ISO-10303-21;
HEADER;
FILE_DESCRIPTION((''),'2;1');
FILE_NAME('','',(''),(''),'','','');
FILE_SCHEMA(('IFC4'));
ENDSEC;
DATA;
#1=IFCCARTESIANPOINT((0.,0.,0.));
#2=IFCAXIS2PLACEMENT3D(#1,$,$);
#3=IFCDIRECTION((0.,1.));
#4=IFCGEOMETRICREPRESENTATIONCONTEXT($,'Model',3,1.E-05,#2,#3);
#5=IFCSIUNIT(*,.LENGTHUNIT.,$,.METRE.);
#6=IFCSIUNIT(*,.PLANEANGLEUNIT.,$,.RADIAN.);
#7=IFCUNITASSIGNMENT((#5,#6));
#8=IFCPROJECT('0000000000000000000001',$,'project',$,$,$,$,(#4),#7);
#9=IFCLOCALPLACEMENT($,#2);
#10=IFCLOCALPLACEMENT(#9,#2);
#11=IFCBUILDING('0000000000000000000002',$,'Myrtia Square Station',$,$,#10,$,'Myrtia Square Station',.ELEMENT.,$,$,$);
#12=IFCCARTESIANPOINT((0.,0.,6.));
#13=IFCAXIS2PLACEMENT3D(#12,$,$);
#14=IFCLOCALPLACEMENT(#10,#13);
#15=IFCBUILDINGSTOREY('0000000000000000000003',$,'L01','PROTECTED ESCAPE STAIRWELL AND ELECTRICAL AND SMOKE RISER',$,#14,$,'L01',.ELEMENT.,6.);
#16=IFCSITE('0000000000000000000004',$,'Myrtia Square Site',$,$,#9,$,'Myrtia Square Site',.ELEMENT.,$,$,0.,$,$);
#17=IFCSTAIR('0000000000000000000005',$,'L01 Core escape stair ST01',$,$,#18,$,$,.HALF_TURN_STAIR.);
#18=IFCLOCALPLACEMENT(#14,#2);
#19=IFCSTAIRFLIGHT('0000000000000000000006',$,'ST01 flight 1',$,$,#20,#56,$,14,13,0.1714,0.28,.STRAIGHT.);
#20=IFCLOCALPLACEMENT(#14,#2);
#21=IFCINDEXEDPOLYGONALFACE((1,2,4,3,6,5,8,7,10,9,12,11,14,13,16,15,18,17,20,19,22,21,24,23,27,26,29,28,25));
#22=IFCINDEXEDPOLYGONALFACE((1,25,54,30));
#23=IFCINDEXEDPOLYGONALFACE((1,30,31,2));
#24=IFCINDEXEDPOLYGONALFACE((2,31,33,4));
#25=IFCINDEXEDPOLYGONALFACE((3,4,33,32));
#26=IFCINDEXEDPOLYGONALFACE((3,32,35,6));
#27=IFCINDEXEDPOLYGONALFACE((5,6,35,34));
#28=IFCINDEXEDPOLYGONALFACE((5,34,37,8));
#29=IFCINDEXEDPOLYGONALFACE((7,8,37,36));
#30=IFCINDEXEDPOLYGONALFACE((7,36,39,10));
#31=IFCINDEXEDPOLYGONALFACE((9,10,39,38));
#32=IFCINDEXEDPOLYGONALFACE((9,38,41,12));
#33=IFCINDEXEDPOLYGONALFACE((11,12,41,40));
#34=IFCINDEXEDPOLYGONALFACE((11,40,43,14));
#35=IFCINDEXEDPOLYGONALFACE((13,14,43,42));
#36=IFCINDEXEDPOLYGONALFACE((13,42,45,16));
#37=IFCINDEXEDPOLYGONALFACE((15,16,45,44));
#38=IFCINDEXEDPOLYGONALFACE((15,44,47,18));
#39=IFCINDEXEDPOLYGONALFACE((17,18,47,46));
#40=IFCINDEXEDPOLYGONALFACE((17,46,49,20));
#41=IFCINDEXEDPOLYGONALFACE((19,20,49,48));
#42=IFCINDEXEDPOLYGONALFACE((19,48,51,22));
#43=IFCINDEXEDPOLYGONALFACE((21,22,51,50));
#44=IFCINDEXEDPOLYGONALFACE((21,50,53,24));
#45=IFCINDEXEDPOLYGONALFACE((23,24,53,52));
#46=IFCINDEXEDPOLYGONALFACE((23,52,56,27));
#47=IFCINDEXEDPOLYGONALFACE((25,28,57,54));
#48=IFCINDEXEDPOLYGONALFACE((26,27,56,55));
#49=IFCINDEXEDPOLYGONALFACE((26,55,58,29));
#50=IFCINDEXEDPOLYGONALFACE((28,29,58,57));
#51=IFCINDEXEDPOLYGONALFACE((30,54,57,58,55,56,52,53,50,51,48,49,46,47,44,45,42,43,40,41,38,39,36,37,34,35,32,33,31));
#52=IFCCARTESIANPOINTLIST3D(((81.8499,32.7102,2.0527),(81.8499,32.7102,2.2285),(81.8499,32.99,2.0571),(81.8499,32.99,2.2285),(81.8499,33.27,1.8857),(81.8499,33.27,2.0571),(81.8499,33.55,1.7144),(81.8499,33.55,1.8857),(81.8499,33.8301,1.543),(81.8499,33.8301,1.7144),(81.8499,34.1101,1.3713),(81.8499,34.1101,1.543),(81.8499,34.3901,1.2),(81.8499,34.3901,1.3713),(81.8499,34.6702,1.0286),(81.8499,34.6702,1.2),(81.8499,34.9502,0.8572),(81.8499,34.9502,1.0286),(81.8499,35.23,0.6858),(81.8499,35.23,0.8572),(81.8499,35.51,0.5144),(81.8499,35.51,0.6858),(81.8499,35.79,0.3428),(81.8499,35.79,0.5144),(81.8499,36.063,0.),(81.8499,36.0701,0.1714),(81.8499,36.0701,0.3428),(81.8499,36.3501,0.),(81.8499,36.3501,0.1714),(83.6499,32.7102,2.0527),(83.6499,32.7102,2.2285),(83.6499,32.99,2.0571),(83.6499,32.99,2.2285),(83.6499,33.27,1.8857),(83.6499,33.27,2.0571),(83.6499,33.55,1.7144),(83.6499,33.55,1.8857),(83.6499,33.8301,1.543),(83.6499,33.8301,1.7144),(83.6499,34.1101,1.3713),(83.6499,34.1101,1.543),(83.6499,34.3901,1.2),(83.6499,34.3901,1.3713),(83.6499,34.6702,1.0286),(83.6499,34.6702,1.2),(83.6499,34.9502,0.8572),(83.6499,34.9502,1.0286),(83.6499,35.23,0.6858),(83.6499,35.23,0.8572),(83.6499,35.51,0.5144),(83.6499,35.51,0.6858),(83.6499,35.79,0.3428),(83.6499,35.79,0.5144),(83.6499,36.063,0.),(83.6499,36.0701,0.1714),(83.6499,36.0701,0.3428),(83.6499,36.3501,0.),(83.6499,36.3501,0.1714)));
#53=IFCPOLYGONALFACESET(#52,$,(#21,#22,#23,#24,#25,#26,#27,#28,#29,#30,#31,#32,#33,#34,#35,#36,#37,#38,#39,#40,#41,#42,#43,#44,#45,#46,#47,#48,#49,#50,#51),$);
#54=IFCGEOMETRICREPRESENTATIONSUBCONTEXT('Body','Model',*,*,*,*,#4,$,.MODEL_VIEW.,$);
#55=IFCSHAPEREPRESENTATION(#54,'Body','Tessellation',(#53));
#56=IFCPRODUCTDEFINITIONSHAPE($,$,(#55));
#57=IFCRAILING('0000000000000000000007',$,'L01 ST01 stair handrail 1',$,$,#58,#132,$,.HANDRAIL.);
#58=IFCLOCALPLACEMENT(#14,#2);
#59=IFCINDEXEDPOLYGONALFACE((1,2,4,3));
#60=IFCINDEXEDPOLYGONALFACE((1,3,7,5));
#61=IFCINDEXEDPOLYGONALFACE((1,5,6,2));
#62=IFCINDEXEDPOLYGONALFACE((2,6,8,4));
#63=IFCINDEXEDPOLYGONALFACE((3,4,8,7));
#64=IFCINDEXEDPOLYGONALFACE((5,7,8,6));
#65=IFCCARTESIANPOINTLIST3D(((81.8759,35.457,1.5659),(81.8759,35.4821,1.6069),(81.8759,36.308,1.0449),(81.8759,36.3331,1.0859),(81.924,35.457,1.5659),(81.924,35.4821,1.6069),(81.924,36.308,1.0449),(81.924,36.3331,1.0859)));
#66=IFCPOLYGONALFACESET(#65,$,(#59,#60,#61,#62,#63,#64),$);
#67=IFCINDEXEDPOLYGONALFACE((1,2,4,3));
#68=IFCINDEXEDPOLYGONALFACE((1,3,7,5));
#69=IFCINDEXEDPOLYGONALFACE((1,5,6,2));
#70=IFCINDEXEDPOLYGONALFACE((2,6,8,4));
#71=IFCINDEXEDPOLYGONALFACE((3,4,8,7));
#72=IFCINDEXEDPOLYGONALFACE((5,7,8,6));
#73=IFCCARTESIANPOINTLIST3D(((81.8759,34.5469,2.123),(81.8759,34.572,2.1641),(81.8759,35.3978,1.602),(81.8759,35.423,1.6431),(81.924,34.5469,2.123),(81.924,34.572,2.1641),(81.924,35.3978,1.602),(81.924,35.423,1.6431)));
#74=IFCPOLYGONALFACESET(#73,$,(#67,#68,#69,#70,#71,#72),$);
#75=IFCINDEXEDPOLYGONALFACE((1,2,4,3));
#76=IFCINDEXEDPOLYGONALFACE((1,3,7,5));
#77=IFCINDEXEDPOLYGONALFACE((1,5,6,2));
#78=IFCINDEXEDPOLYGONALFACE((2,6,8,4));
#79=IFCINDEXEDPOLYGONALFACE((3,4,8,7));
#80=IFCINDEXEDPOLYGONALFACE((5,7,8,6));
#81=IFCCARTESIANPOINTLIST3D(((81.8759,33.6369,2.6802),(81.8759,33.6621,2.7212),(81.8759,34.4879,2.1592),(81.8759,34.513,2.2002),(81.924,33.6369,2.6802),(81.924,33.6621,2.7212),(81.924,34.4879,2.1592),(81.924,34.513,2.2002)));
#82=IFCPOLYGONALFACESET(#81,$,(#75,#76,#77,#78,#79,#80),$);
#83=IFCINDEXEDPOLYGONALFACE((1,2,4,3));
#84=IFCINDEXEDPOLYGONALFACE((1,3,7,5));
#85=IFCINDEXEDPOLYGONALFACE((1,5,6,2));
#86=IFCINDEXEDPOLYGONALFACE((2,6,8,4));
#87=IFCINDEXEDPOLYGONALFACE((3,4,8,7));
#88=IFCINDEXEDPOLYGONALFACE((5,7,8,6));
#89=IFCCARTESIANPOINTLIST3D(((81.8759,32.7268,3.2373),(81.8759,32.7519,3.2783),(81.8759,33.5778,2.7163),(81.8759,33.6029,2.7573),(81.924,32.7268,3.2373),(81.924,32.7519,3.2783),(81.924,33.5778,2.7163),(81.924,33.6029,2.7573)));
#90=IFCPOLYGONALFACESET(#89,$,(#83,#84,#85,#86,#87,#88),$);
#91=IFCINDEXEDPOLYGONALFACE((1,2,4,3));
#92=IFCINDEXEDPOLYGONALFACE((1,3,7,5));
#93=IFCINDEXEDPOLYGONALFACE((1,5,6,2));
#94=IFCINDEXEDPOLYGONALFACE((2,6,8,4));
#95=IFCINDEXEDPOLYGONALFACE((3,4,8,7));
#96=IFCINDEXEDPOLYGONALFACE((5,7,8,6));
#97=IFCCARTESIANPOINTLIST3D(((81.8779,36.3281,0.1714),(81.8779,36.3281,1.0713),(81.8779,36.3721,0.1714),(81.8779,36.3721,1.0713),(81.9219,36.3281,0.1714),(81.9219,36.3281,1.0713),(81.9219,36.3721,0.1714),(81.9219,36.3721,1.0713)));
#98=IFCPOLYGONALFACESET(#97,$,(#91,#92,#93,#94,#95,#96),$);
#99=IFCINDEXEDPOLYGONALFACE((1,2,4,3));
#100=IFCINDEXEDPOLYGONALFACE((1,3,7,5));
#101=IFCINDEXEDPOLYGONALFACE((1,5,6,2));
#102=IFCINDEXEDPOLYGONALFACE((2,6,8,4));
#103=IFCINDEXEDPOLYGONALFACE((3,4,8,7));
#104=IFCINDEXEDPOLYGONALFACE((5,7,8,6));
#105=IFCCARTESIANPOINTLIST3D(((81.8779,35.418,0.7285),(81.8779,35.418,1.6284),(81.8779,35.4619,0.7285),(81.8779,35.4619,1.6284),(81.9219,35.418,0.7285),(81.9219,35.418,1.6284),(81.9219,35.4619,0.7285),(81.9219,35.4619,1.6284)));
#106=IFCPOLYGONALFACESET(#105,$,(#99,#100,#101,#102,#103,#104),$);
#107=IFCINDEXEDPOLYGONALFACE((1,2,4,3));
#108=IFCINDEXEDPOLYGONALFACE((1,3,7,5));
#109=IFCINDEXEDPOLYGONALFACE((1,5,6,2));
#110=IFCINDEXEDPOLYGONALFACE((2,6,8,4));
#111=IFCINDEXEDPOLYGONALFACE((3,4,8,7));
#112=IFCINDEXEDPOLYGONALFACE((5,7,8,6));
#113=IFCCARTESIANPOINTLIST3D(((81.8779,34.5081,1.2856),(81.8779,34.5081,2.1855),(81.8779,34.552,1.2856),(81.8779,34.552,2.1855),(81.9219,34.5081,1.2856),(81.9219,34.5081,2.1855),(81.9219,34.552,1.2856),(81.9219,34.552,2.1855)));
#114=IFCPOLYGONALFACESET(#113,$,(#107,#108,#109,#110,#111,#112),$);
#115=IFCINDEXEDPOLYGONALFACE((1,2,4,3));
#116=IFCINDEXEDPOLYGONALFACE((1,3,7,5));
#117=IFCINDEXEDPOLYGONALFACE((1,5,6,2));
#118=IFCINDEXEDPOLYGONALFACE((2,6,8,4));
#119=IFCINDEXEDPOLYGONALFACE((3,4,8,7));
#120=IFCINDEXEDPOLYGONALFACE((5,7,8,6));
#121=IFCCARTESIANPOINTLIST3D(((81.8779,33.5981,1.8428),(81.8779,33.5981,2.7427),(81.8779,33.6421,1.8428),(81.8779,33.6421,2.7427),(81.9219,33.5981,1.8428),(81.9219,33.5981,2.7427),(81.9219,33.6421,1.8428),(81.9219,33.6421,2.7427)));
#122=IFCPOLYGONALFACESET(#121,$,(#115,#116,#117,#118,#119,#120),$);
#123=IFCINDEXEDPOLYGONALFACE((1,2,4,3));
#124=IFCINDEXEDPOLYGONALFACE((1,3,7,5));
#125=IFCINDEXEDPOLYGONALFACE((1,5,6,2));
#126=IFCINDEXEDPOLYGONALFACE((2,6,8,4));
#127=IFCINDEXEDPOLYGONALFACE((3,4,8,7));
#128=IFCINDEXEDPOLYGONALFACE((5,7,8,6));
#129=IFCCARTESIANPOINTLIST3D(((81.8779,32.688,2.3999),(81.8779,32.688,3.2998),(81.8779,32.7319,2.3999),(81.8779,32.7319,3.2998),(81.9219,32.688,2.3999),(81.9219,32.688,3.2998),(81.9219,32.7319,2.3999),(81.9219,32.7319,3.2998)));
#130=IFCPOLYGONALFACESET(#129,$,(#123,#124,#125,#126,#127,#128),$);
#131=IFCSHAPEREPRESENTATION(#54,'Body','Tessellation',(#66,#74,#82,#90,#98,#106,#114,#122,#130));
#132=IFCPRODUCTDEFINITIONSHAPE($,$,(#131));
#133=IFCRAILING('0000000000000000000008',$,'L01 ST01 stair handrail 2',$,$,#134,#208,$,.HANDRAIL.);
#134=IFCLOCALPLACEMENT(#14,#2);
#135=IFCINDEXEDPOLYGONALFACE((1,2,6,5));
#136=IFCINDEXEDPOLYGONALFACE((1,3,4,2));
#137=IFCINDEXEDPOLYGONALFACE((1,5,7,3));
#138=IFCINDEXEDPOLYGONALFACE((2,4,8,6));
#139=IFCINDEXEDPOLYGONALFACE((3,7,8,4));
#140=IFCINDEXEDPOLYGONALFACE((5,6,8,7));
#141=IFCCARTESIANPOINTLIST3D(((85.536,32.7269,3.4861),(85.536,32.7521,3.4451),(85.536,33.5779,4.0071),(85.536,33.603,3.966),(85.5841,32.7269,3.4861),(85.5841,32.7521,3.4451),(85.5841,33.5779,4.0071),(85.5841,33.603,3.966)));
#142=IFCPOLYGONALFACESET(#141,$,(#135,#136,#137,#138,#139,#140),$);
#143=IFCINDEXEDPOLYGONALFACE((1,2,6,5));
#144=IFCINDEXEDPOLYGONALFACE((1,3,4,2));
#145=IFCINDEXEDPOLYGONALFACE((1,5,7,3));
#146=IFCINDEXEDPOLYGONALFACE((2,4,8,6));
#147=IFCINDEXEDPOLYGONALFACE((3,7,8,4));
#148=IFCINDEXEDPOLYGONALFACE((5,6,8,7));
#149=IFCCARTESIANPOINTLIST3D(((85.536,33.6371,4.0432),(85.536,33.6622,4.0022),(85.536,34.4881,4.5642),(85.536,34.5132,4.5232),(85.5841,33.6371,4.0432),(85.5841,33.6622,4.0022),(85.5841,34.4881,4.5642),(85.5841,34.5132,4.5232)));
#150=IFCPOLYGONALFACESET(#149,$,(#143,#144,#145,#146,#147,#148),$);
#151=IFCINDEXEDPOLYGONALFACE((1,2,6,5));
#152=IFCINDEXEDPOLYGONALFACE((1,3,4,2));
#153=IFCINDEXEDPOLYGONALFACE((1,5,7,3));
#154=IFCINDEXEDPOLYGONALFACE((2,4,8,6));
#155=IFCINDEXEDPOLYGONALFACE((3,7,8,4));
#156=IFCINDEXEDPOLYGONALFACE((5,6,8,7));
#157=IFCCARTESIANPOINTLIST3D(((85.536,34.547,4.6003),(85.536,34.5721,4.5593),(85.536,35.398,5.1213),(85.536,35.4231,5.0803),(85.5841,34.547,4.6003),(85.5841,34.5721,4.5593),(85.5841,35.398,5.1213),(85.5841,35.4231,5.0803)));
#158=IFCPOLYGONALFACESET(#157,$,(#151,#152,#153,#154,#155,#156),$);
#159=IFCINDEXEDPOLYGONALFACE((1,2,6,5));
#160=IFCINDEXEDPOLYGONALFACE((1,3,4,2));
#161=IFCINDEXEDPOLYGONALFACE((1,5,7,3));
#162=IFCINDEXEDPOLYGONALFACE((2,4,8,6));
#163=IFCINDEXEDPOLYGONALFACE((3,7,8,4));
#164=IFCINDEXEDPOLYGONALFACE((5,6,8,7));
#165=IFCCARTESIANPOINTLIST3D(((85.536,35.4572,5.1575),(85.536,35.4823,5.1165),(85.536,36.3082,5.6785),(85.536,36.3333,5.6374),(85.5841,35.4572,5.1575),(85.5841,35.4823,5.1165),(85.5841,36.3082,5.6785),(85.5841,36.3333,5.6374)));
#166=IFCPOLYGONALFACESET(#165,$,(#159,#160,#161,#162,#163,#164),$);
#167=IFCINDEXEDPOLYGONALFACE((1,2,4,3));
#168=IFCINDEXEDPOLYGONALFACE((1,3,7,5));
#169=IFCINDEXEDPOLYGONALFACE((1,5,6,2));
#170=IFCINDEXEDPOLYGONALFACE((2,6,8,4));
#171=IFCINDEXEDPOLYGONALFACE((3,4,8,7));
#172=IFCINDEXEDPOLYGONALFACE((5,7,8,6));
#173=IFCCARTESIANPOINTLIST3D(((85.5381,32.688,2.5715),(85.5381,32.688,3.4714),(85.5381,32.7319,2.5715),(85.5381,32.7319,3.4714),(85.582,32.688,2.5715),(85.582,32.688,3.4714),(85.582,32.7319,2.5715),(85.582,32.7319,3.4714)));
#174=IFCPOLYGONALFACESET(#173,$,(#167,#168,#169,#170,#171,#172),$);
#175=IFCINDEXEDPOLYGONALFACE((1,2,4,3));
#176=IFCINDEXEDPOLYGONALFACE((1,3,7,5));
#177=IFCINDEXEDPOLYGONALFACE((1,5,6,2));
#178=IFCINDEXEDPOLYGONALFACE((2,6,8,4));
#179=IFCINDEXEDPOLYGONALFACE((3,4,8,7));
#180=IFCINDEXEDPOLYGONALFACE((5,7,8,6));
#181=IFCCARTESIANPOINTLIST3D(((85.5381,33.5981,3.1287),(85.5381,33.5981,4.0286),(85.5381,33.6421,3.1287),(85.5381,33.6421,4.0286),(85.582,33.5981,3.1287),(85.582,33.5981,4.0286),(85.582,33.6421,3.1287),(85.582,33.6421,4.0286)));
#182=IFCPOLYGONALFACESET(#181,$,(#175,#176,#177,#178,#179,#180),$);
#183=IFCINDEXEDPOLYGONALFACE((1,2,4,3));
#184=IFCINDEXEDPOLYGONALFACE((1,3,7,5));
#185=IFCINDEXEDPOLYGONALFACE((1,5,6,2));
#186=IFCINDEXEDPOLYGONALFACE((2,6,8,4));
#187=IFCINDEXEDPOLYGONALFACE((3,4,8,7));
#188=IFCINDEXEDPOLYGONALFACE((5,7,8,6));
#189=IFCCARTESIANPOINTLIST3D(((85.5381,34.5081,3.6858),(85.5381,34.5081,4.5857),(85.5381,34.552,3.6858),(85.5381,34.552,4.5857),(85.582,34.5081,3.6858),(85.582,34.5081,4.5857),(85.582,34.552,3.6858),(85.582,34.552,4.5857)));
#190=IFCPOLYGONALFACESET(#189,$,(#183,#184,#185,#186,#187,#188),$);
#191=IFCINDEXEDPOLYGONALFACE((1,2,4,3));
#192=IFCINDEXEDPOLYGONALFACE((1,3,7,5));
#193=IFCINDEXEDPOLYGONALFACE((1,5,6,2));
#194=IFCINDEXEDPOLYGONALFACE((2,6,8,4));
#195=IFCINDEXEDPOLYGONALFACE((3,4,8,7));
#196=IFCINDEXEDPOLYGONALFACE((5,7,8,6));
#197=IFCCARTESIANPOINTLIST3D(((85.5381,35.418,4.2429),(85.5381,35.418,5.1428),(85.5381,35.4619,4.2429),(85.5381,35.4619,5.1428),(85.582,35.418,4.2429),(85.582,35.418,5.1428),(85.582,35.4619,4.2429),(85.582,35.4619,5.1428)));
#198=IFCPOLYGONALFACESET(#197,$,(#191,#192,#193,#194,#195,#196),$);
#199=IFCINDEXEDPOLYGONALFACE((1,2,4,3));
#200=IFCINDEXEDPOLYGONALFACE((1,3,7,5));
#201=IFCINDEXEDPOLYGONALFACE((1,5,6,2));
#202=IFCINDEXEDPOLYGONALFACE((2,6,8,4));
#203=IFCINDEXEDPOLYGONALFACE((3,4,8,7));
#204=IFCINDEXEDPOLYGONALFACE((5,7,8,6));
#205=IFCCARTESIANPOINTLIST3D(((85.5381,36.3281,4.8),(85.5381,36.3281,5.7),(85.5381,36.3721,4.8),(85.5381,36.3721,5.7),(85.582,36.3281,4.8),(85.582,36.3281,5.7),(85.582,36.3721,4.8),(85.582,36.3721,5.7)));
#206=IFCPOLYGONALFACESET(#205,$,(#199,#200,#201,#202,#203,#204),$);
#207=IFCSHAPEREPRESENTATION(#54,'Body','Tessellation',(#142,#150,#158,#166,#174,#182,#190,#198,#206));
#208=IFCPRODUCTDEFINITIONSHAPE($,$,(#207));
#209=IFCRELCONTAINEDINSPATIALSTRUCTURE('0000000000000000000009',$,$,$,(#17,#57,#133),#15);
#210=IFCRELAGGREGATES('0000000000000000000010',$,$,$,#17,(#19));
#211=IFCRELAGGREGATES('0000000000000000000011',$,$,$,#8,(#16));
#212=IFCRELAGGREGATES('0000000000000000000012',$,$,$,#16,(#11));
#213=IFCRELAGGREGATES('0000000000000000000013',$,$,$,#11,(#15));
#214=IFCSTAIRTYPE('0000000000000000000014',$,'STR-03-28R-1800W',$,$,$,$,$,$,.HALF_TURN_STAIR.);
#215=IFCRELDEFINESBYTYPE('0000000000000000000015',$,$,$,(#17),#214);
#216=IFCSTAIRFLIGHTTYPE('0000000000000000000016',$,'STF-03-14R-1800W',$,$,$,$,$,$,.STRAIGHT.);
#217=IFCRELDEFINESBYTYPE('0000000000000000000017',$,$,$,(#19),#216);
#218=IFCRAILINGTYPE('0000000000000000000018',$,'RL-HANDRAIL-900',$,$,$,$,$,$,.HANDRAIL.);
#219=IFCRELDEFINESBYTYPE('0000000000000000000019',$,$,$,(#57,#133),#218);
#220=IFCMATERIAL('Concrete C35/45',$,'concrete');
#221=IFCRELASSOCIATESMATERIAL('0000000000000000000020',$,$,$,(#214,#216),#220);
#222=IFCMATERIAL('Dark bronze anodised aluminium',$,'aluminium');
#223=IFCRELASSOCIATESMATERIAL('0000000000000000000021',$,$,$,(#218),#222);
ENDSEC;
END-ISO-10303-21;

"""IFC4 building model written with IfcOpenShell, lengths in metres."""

from ifc_helpers import new_model, si_unit, direction, frame, origin, origin_2d, place, context, subcontext, project, spatial, polyline, rectangle, outline, extrude, material, type_object, element, aggregate, save


model = new_model("IFC4")

# Units and contexts
model_context = context("Model", 3, precision=1e-05, world=origin(), true_north=direction((0.0, 1.0)))
body_context = subcontext(model_context, "Body", "Model", "MODEL_VIEW")
ifc_project = project(units=[si_unit("LENGTHUNIT", "METRE"), si_unit("PLANEANGLEUNIT", "RADIAN")], contexts=[model_context])

# Site, building, storey
site_placement = place(None, origin())
site = spatial("IfcSite", under=ifc_project, at=site_placement, Name="Myrtia Square Site", LongName="Myrtia Square Site", CompositionType="ELEMENT", RefElevation=0.0)
building_placement = place(site_placement, origin())
building = spatial("IfcBuilding", under=site, at=building_placement, Name="Myrtia Square Station", LongName="Myrtia Square Station", CompositionType="ELEMENT")
storey_placement = place(building_placement, frame((0.0, 0.0, 6.0)))
storey = spatial("IfcBuildingStorey", under=building, at=storey_placement, Name="L01", Description="PROTECTED ESCAPE STAIRWELL AND ELECTRICAL AND SMOKE RISER", LongName="L01", CompositionType="ELEMENT", Elevation=6.0)

# Shared definitions
ifc_material_1 = material(Name="Dark bronze anodised aluminium", Category="aluminium")

# Shared definitions
ifc_material_2 = material(Name="Concrete C35/45", Category="concrete")

# Stair, stair flight
stair_type = type_object("IfcStairType", Name="STR-03-28R-1800W", PredefinedType="HALF_TURN_STAIR", material=ifc_material_2)
stair_placement = place(storey_placement, origin())
stair = element("IfcStair", 1, at=stair_placement, inside=storey, type_object=stair_type, Name="L01 Core escape stair ST01", PredefinedType="HALF_TURN_STAIR")
stair_flight_type = type_object("IfcStairFlightType", Name="STF-03-14R-1800W", PredefinedType="STRAIGHT", material=ifc_material_2)
stair_flight_placement = place(storey_placement, frame((82.75, 36.3501, 0.0), z_axis=(0.0, 0.0, 1.0), x_axis=(0.0, -1.0, 0.0)))
stair_flight = element("IfcStairFlight", 2, at=stair_flight_placement, type_object=stair_flight_type, Name="ST01 flight 1", NumberOfRisers=14, NumberOfTreads=13, PredefinedType="STRAIGHT", RiserHeight=0.1714, TreadLength=0.28, context=body_context, shape_type="SweptSolid", body=[
    extrude(outline(polyline([(0.0, 0.0), (0.0, 0.1714), (0.28, 0.1714), (0.28, 0.3428), (0.5601, 0.3428), (0.5601, 0.5144), (0.8401, 0.5144), (0.8401, 0.6858), (1.1201, 0.6858), (1.1201, 0.8572), (1.3999, 0.8572), (1.3999, 1.0286), (1.6799, 1.0286), (1.6799, 1.2), (1.96, 1.2), (1.96, 1.3713), (2.24, 1.3713), (2.24, 1.543), (2.52, 1.543), (2.52, 1.7144), (2.8, 1.7144), (2.8, 1.8857), (3.0801, 1.8857), (3.0801, 2.0571), (3.3601, 2.0571), (3.3601, 2.2285), (3.6399, 2.2285), (3.6399, 2.3999), (3.6399, 2.0527), (0.2871, 0.0), (0.0, 0.0)])), frame((0.0, 0.8999, 0.0), z_axis=(0.0, -1.0, 0.0), x_axis=(1.0, 0.0, 0.0)), (0.0, 0.0, 1.0), 1.8),
])
aggregate(stair, [stair_flight])

# Railings
railing_type_1 = type_object("IfcRailingType", Name="RL-HANDRAIL-900", PredefinedType="HANDRAIL", material=ifc_material_1)
railing_1_placement = place(storey_placement, frame((81.8999, 36.3501, 0.1714)))
element("IfcRailing", 3, at=railing_1_placement, inside=storey, type_object=railing_type_1, Name="L01 ST01 stair handrail 1", PredefinedType="HANDRAIL", context=body_context, shape_type="SweptSolid", body=[
    extrude(rectangle(XDim=0.0481, YDim=0.0481, at=origin_2d()), frame((0.0, -0.0295, 0.894), z_axis=(0.0, -0.852866, 0.52213), x_axis=(1.0, 0.0, 0.0)), (0.0, 0.0, 1.0), 0.9978),
    extrude(rectangle(XDim=0.0481, YDim=0.0481, at=origin_2d()), frame((0.0, -0.9397, 1.4512), z_axis=(0.0, -0.852866, 0.52213), x_axis=(1.0, 0.0, 0.0)), (0.0, 0.0, 1.0), 0.9978),
    extrude(rectangle(XDim=0.0481, YDim=0.0481, at=origin_2d()), frame((0.0, -1.8496, 2.0083), z_axis=(0.0, -0.852866, 0.52213), x_axis=(1.0, 0.0, 0.0)), (0.0, 0.0, 1.0), 0.9978),
    extrude(rectangle(XDim=0.0481, YDim=0.0481, at=origin_2d()), frame((0.0, -2.7598, 2.5654), z_axis=(0.0, -0.852866, 0.52213), x_axis=(1.0, 0.0, 0.0)), (0.0, 0.0, 1.0), 0.9978),
    extrude(rectangle(XDim=0.0439, YDim=0.0439, at=origin_2d()), origin(), (0.0, 0.0, 1.0), 0.8999),
    extrude(rectangle(XDim=0.0439, YDim=0.0439, at=origin_2d()), frame((0.0, -0.9102, 0.5571)), (0.0, 0.0, 1.0), 0.8999),
    extrude(rectangle(XDim=0.0439, YDim=0.0439, at=origin_2d()), frame((0.0, -1.8201, 1.1143)), (0.0, 0.0, 1.0), 0.8999),
    extrude(rectangle(XDim=0.0439, YDim=0.0439, at=origin_2d()), frame((0.0, -2.73, 1.6714)), (0.0, 0.0, 1.0), 0.8999),
    extrude(rectangle(XDim=0.0439, YDim=0.0439, at=origin_2d()), frame((0.0, -3.6401, 2.2285)), (0.0, 0.0, 1.0), 0.8999),
])
railing_2_placement = place(storey_placement, frame((85.5601, 32.71, 2.5715)))
element("IfcRailing", 4, at=railing_2_placement, inside=storey, type_object=railing_type_1, Name="L01 ST01 stair handrail 2", PredefinedType="HANDRAIL", context=body_context, shape_type="SweptSolid", body=[
    extrude(rectangle(XDim=0.0481, YDim=0.0481, at=origin_2d()), frame((0.0, 0.0295, 0.894), z_axis=(0.0, 0.852866, 0.52213), x_axis=(-1.0, 0.0, 0.0)), (0.0, 0.0, 1.0), 0.9978),
    extrude(rectangle(XDim=0.0481, YDim=0.0481, at=origin_2d()), frame((0.0, 0.9397, 1.4512), z_axis=(0.0, 0.852866, 0.52213), x_axis=(-1.0, 0.0, 0.0)), (0.0, 0.0, 1.0), 0.9978),
    extrude(rectangle(XDim=0.0481, YDim=0.0481, at=origin_2d()), frame((0.0, 1.8496, 2.0083), z_axis=(0.0, 0.852866, 0.52213), x_axis=(-1.0, 0.0, 0.0)), (0.0, 0.0, 1.0), 0.9978),
    extrude(rectangle(XDim=0.0481, YDim=0.0481, at=origin_2d()), frame((0.0, 2.7598, 2.5654), z_axis=(0.0, 0.852866, 0.52213), x_axis=(-1.0, 0.0, 0.0)), (0.0, 0.0, 1.0), 0.9978),
    extrude(rectangle(XDim=0.0439, YDim=0.0439, at=origin_2d()), origin(), (0.0, 0.0, 1.0), 0.8999),
    extrude(rectangle(XDim=0.0439, YDim=0.0439, at=origin_2d()), frame((0.0, 0.9102, 0.5571)), (0.0, 0.0, 1.0), 0.8999),
    extrude(rectangle(XDim=0.0439, YDim=0.0439, at=origin_2d()), frame((0.0, 1.8201, 1.1143)), (0.0, 0.0, 1.0), 0.8999),
    extrude(rectangle(XDim=0.0439, YDim=0.0439, at=origin_2d()), frame((0.0, 2.73, 1.6714)), (0.0, 0.0, 1.0), 0.8999),
    extrude(rectangle(XDim=0.0439, YDim=0.0439, at=origin_2d()), frame((0.0, 3.6401, 2.2285)), (0.0, 0.0, 1.0), 0.8999),
])

save(model, "model.ifc")
